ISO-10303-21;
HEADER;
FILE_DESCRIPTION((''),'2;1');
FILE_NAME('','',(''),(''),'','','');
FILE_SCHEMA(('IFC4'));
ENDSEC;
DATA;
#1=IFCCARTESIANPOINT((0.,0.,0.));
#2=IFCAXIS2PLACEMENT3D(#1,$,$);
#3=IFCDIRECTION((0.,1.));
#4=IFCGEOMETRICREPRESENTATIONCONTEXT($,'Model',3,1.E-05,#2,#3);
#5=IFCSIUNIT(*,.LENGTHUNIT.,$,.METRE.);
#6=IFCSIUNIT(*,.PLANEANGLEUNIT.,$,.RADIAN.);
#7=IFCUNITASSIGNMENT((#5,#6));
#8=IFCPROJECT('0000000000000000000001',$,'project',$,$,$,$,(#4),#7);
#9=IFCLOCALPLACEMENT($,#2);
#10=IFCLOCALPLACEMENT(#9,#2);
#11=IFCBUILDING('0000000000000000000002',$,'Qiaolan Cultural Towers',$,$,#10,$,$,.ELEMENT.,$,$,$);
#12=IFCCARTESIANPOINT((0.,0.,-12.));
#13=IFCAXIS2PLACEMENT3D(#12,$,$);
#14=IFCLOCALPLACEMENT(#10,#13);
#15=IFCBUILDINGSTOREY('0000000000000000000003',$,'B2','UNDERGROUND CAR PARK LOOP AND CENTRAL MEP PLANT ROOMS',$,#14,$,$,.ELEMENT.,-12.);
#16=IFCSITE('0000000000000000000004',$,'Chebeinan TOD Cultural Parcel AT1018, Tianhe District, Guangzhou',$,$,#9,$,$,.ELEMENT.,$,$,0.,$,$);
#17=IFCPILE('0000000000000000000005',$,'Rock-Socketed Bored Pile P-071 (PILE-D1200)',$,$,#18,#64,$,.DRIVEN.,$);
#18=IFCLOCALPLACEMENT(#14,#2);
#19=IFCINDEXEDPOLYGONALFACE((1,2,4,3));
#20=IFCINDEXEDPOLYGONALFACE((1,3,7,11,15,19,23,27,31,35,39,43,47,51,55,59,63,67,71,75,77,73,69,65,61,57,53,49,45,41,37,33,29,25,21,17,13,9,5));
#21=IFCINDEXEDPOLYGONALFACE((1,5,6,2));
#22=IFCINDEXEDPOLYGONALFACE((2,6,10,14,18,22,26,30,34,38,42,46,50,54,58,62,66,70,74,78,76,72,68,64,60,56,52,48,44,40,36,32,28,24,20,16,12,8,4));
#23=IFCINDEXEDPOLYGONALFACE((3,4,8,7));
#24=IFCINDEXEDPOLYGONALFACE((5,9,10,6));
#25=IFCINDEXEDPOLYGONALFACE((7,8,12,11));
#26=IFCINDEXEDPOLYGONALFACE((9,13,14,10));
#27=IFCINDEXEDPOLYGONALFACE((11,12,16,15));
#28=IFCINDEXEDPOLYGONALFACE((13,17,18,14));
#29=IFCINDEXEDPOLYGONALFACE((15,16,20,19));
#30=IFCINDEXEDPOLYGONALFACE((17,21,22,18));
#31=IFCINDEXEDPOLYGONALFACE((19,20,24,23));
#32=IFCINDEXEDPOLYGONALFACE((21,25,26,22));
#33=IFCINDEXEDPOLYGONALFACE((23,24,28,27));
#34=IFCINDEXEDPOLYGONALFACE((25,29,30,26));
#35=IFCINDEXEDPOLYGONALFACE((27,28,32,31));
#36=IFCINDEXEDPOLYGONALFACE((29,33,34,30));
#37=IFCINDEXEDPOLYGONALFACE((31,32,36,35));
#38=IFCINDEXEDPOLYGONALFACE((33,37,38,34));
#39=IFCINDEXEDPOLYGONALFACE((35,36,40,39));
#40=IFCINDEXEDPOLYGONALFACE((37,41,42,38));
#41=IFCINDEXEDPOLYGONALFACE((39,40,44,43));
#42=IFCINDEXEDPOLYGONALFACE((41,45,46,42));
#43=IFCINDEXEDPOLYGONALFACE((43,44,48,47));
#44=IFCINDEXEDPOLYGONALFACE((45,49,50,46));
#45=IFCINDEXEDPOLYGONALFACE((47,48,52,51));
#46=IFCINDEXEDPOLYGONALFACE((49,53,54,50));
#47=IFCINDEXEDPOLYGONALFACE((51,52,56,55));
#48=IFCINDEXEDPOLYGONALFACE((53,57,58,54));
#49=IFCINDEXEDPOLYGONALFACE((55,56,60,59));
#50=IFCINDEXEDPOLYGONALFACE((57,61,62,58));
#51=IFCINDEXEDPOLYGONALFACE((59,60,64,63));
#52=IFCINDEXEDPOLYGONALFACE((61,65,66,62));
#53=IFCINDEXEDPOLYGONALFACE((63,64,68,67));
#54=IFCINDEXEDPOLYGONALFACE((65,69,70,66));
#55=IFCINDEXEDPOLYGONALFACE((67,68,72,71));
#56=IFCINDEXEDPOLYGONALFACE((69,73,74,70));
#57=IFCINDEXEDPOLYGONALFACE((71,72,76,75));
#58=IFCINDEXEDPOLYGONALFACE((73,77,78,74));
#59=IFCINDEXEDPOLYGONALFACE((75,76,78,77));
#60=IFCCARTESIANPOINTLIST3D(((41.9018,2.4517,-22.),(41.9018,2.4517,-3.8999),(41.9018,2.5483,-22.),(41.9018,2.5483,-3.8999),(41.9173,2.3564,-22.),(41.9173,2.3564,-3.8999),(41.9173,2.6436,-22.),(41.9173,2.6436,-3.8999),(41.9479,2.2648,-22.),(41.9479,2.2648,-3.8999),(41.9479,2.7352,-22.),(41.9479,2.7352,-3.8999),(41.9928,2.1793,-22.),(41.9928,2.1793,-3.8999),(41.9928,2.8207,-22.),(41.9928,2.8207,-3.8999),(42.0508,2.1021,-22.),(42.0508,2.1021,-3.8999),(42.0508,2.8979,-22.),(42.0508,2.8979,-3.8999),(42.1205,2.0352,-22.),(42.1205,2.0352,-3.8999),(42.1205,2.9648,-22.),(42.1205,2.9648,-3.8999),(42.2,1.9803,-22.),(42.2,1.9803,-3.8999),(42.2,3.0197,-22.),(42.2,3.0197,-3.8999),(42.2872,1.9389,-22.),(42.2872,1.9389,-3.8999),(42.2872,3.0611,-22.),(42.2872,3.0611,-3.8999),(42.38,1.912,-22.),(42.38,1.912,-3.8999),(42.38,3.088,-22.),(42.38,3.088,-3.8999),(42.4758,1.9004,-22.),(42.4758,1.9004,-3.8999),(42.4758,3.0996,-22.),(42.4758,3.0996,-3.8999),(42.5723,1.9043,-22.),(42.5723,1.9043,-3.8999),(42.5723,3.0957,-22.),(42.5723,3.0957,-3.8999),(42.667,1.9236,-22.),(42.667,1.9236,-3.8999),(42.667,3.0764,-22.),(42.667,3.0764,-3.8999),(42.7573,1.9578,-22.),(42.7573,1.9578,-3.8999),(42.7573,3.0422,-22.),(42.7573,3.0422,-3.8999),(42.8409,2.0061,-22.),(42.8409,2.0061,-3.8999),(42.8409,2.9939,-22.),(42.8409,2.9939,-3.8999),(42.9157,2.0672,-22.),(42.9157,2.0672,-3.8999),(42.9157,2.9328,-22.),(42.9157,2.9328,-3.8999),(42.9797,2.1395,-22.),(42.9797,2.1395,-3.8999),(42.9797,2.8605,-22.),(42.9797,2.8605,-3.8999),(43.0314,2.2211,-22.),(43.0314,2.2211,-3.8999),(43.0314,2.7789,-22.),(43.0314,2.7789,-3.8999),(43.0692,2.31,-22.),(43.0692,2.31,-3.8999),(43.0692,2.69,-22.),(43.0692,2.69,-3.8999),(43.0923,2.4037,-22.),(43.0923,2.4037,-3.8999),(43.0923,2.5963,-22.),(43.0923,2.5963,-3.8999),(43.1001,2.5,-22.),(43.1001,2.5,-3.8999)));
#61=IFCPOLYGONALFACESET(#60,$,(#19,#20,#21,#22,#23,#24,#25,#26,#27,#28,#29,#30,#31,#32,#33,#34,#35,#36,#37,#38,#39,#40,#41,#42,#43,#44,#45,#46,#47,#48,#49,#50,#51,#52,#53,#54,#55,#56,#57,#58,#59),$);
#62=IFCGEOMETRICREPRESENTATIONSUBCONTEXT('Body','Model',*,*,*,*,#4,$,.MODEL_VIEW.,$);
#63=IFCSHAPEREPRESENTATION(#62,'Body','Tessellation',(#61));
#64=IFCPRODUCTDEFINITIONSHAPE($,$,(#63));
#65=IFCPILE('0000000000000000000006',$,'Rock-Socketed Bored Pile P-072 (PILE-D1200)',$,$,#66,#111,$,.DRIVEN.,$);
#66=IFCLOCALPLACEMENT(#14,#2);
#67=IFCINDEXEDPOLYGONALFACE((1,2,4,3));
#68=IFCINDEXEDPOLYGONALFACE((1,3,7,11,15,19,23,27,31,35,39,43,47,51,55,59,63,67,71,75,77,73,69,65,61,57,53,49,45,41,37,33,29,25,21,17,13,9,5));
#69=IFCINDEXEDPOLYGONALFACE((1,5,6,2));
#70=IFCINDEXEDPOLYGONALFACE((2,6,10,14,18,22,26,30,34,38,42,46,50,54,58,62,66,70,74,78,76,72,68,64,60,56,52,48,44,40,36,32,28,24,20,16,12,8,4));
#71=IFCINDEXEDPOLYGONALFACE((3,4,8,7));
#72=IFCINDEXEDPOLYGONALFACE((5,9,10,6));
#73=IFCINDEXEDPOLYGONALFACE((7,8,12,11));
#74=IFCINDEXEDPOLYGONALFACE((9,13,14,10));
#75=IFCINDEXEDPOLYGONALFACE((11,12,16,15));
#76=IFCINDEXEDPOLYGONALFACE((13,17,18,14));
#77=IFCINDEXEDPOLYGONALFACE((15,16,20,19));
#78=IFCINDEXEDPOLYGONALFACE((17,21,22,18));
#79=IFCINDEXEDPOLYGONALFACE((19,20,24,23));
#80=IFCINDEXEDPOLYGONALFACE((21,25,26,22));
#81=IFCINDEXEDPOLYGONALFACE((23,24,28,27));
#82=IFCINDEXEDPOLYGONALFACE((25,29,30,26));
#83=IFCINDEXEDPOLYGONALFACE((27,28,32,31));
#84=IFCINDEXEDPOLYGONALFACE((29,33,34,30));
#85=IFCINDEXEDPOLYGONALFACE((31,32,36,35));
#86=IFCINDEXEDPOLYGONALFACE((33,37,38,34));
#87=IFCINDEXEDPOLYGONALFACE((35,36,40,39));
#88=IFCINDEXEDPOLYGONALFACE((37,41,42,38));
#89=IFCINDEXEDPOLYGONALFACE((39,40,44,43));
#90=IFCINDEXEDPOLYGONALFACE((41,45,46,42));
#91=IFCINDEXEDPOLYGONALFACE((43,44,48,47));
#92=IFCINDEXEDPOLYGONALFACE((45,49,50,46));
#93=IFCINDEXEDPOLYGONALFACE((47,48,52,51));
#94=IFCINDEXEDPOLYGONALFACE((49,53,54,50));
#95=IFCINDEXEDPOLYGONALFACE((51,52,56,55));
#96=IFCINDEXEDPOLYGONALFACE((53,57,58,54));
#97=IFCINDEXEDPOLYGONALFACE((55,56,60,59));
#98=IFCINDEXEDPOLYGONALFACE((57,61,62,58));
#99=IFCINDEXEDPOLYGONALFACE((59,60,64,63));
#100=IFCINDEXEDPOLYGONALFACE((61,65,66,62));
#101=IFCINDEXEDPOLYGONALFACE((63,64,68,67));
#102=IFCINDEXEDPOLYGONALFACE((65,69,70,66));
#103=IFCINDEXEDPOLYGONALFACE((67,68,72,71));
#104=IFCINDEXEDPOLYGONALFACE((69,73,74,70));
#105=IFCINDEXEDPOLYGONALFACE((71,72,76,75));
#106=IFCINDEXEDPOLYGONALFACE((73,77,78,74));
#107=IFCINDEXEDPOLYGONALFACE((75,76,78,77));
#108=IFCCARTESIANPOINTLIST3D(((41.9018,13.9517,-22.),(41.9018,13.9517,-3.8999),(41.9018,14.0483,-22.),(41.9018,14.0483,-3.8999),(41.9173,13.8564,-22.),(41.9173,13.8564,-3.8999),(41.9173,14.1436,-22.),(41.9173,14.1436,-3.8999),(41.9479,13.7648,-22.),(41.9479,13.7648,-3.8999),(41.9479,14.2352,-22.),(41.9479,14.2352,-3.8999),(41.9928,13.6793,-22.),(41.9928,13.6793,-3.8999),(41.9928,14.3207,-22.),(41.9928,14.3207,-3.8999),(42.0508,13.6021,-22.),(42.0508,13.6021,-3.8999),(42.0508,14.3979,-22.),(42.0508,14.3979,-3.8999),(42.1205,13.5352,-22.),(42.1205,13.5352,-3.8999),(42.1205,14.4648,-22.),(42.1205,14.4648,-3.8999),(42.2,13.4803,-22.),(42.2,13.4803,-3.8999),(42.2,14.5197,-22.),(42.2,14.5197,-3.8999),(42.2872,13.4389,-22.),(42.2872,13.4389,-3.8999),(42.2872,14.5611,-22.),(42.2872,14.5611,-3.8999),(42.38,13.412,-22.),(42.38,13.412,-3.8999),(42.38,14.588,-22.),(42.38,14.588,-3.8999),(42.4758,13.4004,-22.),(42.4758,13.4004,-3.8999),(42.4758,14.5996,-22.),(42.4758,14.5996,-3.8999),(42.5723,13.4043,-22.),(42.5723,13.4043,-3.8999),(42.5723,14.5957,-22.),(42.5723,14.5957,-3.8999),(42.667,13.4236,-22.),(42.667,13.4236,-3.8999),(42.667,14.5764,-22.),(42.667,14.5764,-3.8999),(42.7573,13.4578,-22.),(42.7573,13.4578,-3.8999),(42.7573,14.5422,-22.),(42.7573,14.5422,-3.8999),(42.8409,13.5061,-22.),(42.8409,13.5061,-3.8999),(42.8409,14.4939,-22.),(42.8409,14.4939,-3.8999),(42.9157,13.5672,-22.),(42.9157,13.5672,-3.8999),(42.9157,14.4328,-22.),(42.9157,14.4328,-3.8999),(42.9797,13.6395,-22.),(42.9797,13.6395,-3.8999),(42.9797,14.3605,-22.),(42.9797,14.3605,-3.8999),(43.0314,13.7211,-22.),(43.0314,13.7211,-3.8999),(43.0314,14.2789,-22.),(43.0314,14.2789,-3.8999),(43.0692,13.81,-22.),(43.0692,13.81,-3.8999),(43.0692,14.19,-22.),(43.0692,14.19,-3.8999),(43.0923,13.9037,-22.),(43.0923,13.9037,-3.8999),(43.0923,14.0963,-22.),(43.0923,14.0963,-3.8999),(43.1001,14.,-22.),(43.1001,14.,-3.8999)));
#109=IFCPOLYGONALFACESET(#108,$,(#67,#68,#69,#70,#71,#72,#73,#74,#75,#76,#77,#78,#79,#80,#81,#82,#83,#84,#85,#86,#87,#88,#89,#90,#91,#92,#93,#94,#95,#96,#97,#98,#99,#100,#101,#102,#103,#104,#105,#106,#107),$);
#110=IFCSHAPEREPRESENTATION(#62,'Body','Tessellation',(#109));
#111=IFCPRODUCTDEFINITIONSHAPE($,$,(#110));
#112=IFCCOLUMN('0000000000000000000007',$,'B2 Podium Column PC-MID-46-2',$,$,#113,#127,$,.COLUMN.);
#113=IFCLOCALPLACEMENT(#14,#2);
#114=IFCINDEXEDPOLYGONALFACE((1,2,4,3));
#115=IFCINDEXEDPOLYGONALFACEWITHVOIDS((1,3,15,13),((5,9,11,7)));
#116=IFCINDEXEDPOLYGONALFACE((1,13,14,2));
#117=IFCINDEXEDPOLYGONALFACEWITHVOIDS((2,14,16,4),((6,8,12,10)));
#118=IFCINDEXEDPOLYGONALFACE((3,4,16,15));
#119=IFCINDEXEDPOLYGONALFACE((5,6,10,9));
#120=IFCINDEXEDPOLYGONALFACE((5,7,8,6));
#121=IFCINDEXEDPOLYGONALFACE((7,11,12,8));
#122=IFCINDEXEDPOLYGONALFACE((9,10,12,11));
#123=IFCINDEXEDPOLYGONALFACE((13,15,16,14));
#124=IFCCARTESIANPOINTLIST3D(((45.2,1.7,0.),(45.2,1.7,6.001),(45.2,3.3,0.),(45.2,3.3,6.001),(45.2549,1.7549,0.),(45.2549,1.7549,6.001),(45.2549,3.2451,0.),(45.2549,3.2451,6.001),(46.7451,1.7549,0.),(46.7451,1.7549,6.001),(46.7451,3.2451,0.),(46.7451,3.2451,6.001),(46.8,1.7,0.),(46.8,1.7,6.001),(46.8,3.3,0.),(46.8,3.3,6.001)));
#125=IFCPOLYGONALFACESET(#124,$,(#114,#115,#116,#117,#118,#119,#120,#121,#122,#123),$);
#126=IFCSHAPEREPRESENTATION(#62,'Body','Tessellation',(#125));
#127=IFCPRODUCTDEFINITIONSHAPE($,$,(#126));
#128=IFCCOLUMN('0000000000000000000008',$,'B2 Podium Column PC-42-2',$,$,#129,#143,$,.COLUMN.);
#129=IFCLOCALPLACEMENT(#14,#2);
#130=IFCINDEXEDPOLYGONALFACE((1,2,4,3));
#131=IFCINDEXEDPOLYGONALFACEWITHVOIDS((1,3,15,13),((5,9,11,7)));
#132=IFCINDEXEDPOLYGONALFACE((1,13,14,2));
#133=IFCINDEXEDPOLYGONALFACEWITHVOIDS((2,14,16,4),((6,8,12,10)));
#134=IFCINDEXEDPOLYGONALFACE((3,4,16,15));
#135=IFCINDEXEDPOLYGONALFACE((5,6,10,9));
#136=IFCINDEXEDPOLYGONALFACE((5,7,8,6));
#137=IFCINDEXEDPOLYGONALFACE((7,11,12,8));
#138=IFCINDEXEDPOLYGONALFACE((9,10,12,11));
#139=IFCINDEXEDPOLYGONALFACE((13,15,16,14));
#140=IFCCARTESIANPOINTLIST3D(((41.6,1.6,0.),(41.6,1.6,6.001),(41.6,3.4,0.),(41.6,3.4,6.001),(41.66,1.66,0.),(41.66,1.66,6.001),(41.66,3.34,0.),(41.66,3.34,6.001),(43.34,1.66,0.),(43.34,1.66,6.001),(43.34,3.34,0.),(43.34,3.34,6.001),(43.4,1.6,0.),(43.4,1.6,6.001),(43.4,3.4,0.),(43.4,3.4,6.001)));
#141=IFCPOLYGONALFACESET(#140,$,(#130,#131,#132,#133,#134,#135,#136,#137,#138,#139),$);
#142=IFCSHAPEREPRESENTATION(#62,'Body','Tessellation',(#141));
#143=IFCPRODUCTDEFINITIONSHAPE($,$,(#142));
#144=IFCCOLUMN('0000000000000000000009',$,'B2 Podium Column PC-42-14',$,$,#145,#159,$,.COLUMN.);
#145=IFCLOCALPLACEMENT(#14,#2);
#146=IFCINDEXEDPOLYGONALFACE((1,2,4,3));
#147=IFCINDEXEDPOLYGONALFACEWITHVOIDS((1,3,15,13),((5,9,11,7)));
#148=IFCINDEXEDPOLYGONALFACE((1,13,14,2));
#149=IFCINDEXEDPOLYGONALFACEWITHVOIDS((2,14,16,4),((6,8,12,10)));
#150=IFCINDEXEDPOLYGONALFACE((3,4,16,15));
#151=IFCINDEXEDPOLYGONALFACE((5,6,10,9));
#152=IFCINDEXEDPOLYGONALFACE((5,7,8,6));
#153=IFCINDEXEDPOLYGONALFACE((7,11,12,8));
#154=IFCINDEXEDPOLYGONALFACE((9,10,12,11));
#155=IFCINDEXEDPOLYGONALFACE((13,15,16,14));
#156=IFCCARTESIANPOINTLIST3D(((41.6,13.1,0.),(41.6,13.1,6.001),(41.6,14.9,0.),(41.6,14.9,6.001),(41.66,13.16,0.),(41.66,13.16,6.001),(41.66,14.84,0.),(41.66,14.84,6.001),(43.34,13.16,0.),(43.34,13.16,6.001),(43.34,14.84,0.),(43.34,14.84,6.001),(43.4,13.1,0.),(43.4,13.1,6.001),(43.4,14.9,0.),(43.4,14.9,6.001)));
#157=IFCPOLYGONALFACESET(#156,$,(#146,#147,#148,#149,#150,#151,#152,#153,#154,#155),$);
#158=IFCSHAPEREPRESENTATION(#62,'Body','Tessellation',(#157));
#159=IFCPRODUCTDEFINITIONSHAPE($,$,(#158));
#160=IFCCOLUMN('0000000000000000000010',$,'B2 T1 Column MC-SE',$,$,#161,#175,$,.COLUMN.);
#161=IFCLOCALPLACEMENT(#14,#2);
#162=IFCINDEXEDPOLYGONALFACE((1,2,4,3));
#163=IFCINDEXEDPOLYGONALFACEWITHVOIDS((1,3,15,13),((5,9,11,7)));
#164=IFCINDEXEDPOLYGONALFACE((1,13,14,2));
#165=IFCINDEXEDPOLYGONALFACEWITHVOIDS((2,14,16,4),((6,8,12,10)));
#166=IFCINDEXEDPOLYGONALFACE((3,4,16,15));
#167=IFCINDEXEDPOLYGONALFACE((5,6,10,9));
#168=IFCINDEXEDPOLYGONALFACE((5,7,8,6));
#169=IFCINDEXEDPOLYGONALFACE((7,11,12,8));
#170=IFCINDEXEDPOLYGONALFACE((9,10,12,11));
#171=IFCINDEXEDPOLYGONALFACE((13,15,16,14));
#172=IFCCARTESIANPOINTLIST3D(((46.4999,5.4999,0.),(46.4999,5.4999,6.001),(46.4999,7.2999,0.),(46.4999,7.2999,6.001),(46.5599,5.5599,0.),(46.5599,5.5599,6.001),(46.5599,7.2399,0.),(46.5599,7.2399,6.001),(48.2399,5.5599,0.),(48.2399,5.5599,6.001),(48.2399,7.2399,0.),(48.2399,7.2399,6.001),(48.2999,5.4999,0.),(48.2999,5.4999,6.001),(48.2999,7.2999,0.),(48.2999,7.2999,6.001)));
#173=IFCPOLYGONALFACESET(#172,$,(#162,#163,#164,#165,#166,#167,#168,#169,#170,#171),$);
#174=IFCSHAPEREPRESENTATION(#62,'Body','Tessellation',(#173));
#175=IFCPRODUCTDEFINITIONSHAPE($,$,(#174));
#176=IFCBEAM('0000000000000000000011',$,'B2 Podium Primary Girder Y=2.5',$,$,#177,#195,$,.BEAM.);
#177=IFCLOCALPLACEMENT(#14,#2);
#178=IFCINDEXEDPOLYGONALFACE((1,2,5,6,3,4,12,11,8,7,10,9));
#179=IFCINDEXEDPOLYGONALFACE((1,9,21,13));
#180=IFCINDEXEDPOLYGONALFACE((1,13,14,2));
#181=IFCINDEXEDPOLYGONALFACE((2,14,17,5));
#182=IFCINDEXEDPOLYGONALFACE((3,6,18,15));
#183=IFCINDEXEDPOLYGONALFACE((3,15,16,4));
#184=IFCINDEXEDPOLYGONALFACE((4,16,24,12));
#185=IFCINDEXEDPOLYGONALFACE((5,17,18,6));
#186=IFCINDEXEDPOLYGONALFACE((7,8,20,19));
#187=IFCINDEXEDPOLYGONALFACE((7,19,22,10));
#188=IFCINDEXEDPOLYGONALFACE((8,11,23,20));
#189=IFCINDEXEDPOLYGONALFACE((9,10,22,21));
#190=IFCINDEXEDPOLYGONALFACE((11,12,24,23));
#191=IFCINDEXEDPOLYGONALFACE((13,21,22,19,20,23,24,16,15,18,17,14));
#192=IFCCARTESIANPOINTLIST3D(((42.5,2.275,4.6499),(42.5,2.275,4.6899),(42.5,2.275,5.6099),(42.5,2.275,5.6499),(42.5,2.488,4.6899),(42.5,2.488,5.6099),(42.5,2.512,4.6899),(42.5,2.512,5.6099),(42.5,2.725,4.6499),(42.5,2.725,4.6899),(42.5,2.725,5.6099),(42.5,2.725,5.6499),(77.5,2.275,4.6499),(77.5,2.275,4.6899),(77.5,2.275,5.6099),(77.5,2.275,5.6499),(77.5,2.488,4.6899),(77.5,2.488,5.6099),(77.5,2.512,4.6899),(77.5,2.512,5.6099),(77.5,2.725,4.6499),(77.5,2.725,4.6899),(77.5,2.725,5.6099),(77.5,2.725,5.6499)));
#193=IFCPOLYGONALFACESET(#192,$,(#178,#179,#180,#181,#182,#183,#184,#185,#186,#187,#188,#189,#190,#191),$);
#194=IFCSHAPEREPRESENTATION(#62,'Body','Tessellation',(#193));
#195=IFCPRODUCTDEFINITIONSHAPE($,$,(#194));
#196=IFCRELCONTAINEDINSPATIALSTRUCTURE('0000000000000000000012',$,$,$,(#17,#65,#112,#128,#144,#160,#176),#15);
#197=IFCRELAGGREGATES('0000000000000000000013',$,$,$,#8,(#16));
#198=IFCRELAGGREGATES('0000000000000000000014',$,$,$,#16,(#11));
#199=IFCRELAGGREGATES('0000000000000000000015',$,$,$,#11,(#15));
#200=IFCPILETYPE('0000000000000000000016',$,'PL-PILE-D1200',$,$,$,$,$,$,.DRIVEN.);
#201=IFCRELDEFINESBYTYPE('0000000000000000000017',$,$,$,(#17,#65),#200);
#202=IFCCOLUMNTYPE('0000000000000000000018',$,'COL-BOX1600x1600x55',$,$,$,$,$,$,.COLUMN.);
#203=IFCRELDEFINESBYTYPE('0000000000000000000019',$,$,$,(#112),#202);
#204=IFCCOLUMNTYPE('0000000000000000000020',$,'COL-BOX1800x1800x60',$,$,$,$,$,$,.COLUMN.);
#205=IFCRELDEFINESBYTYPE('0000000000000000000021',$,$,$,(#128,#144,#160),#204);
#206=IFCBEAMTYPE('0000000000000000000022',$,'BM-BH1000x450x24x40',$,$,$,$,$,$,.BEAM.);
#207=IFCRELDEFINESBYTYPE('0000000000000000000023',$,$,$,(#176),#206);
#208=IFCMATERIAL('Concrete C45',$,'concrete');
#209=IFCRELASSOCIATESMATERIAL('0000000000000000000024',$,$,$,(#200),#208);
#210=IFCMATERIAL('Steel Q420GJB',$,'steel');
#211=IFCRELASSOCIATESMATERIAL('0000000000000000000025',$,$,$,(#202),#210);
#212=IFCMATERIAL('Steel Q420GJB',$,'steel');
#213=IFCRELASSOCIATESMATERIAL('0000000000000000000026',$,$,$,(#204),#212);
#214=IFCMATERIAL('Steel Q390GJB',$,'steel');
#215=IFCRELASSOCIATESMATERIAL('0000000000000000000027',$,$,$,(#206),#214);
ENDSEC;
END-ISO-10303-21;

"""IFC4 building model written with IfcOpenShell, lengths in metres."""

from ifc_helpers import new_model, si_unit, direction, frame, origin, origin_2d, place, context, subcontext, project, spatial, hollow_rectangle, circle, i_section, extrude, material, material_profile, profile_set, type_object, element, save


model = new_model("IFC4")

# Units and contexts
model_context = context("Model", 3, precision=1e-05, world=origin(), true_north=direction((0.0, 1.0)))
body_context = subcontext(model_context, "Body", "Model", "MODEL_VIEW")
ifc_project = project(units=[si_unit("LENGTHUNIT", "METRE"), si_unit("PLANEANGLEUNIT", "RADIAN")], contexts=[model_context])

# Site, building, storey
site_placement = place(None, origin())
site = spatial("IfcSite", under=ifc_project, at=site_placement, Name="Chebeinan TOD Cultural Parcel AT1018, Tianhe District, Guangzhou", CompositionType="ELEMENT", RefElevation=0.0)
building_placement = place(site_placement, origin())
building = spatial("IfcBuilding", under=site, at=building_placement, Name="Qiaolan Cultural Towers", CompositionType="ELEMENT")
storey_placement = place(building_placement, frame((0.0, 0.0, -12.0)))
storey = spatial("IfcBuildingStorey", under=building, at=storey_placement, Name="B2", Description="UNDERGROUND CAR PARK LOOP AND CENTRAL MEP PLANT ROOMS", CompositionType="ELEMENT", Elevation=-12.0)

# Piles
ifc_material_1 = material(Name="Concrete C45", Category="concrete")
ifc_material_profile_1 = material_profile(ifc_material_1, circle(Radius=0.6001, at=origin_2d()), Name="PILE-D1200")
ifc_profile_set_1 = profile_set([ifc_material_profile_1], Name="Concrete C45")
pile_type = type_object("IfcPileType", Name="PL-PILE-D1200", PredefinedType="DRIVEN", material=ifc_profile_set_1)
for number, where, z_axis, x_axis, name in (
    (1, (42.5, 2.5, -3.8999), (0.0, 0.0, -1.0), (1.0, 0.0, 0.0), "Rock-Socketed Bored Pile P-071 (PILE-D1200)"),
    (2, (42.5, 14.0, -3.8999), (0.0, 0.0, -1.0), (1.0, 0.0, 0.0), "Rock-Socketed Bored Pile P-072 (PILE-D1200)"),
):
    element("IfcPile", number, at=place(storey_placement, frame(where, z_axis=z_axis, x_axis=x_axis)), inside=storey, type_object=pile_type, Name=name, PredefinedType="DRIVEN", context=body_context, shape_type="SweptSolid", body=[
        extrude(circle(Radius=0.6001, at=origin_2d()), origin(), (0.0, 0.0, 1.0), 18.1001),
    ])

# Columns
ifc_material_2 = material(Name="Steel Q420GJB", Category="steel")
ifc_material_profile_2 = material_profile(ifc_material_2, hollow_rectangle(XDim=1.6001, YDim=1.6001, WallThickness=0.0549, at=origin_2d()), Name="BOX1600x1600x55")
ifc_profile_set_2 = profile_set([ifc_material_profile_2], Name="Steel Q420GJB")
column_type_1 = type_object("IfcColumnType", Name="COL-BOX1600x1600x55", PredefinedType="COLUMN", material=ifc_profile_set_2)
column_placement = place(storey_placement, frame((46.0, 2.5, 0.0), z_axis=(0.0, 0.0, 1.0), x_axis=(1.0, 0.0, 0.0)))
element("IfcColumn", 3, at=column_placement, inside=storey, type_object=column_type_1, Name="B2 Podium Column PC-MID-46-2", PredefinedType="COLUMN", context=body_context, shape_type="SweptSolid", body=[
    extrude(hollow_rectangle(XDim=1.6001, YDim=1.6001, WallThickness=0.0549, at=origin_2d()), origin(), (0.0, 0.0, 1.0), 6.001),
])
ifc_material_3 = material(Name="Steel Q420GJB", Category="steel")
ifc_material_profile_3 = material_profile(ifc_material_3, hollow_rectangle(XDim=1.8, YDim=1.8, WallThickness=0.0601, at=origin_2d()), Name="BOX1800x1800x60")
ifc_profile_set_3 = profile_set([ifc_material_profile_3], Name="Steel Q420GJB")
column_type_2 = type_object("IfcColumnType", Name="COL-BOX1800x1800x60", PredefinedType="COLUMN", material=ifc_profile_set_3)
for number, where, z_axis, x_axis, name in (
    (4, (42.5, 2.5, 0.0), (0.0, 0.0, 1.0), (1.0, 0.0, 0.0), "B2 Podium Column PC-42-2"),
    (5, (42.5, 14.0, 0.0), (0.0, 0.0, 1.0), (1.0, 0.0, 0.0), "B2 Podium Column PC-42-14"),
    (6, (47.3999, 6.3999, 0.0), (0.0, 0.0, 1.0), (1.0, 0.0, 0.0), "B2 T1 Column MC-SE"),
):
    element("IfcColumn", number, at=place(storey_placement, frame(where, z_axis=z_axis, x_axis=x_axis)), inside=storey, type_object=column_type_2, Name=name, PredefinedType="COLUMN", context=body_context, shape_type="SweptSolid", body=[
        extrude(hollow_rectangle(XDim=1.8, YDim=1.8, WallThickness=0.0601, at=origin_2d()), origin(), (0.0, 0.0, 1.0), 6.001),
    ])

# Beam
ifc_material_4 = material(Name="Steel Q390GJB", Category="steel")
ifc_material_profile_4 = material_profile(ifc_material_4, i_section(OverallWidth=0.45, OverallDepth=1.0, WebThickness=0.0239, FlangeThickness=0.04, at=origin_2d()), Name="BH1000x450x24x40")
ifc_profile_set_4 = profile_set([ifc_material_profile_4], Name="Steel Q390GJB")
beam_type_1 = type_object("IfcBeamType", Name="BM-BH1000x450x24x40", PredefinedType="BEAM", material=ifc_profile_set_4)
for number, where, z_axis, x_axis, name in (
    (7, (42.5, 2.5, 5.1499), (1.0, 0.0, 0.0), (0.0, 1.0, 0.0), "B2 Podium Primary Girder Y=2.5"),
):
    element("IfcBeam", number, at=place(storey_placement, frame(where, z_axis=z_axis, x_axis=x_axis)), inside=storey, type_object=beam_type_1, Name=name, PredefinedType="BEAM", context=body_context, shape_type="SweptSolid", body=[
        extrude(i_section(OverallWidth=0.45, OverallDepth=1.0, WebThickness=0.0239, FlangeThickness=0.04, at=origin_2d()), origin(), (0.0, 0.0, 1.0), 35.0),
    ])

save(model, "model.ifc")
